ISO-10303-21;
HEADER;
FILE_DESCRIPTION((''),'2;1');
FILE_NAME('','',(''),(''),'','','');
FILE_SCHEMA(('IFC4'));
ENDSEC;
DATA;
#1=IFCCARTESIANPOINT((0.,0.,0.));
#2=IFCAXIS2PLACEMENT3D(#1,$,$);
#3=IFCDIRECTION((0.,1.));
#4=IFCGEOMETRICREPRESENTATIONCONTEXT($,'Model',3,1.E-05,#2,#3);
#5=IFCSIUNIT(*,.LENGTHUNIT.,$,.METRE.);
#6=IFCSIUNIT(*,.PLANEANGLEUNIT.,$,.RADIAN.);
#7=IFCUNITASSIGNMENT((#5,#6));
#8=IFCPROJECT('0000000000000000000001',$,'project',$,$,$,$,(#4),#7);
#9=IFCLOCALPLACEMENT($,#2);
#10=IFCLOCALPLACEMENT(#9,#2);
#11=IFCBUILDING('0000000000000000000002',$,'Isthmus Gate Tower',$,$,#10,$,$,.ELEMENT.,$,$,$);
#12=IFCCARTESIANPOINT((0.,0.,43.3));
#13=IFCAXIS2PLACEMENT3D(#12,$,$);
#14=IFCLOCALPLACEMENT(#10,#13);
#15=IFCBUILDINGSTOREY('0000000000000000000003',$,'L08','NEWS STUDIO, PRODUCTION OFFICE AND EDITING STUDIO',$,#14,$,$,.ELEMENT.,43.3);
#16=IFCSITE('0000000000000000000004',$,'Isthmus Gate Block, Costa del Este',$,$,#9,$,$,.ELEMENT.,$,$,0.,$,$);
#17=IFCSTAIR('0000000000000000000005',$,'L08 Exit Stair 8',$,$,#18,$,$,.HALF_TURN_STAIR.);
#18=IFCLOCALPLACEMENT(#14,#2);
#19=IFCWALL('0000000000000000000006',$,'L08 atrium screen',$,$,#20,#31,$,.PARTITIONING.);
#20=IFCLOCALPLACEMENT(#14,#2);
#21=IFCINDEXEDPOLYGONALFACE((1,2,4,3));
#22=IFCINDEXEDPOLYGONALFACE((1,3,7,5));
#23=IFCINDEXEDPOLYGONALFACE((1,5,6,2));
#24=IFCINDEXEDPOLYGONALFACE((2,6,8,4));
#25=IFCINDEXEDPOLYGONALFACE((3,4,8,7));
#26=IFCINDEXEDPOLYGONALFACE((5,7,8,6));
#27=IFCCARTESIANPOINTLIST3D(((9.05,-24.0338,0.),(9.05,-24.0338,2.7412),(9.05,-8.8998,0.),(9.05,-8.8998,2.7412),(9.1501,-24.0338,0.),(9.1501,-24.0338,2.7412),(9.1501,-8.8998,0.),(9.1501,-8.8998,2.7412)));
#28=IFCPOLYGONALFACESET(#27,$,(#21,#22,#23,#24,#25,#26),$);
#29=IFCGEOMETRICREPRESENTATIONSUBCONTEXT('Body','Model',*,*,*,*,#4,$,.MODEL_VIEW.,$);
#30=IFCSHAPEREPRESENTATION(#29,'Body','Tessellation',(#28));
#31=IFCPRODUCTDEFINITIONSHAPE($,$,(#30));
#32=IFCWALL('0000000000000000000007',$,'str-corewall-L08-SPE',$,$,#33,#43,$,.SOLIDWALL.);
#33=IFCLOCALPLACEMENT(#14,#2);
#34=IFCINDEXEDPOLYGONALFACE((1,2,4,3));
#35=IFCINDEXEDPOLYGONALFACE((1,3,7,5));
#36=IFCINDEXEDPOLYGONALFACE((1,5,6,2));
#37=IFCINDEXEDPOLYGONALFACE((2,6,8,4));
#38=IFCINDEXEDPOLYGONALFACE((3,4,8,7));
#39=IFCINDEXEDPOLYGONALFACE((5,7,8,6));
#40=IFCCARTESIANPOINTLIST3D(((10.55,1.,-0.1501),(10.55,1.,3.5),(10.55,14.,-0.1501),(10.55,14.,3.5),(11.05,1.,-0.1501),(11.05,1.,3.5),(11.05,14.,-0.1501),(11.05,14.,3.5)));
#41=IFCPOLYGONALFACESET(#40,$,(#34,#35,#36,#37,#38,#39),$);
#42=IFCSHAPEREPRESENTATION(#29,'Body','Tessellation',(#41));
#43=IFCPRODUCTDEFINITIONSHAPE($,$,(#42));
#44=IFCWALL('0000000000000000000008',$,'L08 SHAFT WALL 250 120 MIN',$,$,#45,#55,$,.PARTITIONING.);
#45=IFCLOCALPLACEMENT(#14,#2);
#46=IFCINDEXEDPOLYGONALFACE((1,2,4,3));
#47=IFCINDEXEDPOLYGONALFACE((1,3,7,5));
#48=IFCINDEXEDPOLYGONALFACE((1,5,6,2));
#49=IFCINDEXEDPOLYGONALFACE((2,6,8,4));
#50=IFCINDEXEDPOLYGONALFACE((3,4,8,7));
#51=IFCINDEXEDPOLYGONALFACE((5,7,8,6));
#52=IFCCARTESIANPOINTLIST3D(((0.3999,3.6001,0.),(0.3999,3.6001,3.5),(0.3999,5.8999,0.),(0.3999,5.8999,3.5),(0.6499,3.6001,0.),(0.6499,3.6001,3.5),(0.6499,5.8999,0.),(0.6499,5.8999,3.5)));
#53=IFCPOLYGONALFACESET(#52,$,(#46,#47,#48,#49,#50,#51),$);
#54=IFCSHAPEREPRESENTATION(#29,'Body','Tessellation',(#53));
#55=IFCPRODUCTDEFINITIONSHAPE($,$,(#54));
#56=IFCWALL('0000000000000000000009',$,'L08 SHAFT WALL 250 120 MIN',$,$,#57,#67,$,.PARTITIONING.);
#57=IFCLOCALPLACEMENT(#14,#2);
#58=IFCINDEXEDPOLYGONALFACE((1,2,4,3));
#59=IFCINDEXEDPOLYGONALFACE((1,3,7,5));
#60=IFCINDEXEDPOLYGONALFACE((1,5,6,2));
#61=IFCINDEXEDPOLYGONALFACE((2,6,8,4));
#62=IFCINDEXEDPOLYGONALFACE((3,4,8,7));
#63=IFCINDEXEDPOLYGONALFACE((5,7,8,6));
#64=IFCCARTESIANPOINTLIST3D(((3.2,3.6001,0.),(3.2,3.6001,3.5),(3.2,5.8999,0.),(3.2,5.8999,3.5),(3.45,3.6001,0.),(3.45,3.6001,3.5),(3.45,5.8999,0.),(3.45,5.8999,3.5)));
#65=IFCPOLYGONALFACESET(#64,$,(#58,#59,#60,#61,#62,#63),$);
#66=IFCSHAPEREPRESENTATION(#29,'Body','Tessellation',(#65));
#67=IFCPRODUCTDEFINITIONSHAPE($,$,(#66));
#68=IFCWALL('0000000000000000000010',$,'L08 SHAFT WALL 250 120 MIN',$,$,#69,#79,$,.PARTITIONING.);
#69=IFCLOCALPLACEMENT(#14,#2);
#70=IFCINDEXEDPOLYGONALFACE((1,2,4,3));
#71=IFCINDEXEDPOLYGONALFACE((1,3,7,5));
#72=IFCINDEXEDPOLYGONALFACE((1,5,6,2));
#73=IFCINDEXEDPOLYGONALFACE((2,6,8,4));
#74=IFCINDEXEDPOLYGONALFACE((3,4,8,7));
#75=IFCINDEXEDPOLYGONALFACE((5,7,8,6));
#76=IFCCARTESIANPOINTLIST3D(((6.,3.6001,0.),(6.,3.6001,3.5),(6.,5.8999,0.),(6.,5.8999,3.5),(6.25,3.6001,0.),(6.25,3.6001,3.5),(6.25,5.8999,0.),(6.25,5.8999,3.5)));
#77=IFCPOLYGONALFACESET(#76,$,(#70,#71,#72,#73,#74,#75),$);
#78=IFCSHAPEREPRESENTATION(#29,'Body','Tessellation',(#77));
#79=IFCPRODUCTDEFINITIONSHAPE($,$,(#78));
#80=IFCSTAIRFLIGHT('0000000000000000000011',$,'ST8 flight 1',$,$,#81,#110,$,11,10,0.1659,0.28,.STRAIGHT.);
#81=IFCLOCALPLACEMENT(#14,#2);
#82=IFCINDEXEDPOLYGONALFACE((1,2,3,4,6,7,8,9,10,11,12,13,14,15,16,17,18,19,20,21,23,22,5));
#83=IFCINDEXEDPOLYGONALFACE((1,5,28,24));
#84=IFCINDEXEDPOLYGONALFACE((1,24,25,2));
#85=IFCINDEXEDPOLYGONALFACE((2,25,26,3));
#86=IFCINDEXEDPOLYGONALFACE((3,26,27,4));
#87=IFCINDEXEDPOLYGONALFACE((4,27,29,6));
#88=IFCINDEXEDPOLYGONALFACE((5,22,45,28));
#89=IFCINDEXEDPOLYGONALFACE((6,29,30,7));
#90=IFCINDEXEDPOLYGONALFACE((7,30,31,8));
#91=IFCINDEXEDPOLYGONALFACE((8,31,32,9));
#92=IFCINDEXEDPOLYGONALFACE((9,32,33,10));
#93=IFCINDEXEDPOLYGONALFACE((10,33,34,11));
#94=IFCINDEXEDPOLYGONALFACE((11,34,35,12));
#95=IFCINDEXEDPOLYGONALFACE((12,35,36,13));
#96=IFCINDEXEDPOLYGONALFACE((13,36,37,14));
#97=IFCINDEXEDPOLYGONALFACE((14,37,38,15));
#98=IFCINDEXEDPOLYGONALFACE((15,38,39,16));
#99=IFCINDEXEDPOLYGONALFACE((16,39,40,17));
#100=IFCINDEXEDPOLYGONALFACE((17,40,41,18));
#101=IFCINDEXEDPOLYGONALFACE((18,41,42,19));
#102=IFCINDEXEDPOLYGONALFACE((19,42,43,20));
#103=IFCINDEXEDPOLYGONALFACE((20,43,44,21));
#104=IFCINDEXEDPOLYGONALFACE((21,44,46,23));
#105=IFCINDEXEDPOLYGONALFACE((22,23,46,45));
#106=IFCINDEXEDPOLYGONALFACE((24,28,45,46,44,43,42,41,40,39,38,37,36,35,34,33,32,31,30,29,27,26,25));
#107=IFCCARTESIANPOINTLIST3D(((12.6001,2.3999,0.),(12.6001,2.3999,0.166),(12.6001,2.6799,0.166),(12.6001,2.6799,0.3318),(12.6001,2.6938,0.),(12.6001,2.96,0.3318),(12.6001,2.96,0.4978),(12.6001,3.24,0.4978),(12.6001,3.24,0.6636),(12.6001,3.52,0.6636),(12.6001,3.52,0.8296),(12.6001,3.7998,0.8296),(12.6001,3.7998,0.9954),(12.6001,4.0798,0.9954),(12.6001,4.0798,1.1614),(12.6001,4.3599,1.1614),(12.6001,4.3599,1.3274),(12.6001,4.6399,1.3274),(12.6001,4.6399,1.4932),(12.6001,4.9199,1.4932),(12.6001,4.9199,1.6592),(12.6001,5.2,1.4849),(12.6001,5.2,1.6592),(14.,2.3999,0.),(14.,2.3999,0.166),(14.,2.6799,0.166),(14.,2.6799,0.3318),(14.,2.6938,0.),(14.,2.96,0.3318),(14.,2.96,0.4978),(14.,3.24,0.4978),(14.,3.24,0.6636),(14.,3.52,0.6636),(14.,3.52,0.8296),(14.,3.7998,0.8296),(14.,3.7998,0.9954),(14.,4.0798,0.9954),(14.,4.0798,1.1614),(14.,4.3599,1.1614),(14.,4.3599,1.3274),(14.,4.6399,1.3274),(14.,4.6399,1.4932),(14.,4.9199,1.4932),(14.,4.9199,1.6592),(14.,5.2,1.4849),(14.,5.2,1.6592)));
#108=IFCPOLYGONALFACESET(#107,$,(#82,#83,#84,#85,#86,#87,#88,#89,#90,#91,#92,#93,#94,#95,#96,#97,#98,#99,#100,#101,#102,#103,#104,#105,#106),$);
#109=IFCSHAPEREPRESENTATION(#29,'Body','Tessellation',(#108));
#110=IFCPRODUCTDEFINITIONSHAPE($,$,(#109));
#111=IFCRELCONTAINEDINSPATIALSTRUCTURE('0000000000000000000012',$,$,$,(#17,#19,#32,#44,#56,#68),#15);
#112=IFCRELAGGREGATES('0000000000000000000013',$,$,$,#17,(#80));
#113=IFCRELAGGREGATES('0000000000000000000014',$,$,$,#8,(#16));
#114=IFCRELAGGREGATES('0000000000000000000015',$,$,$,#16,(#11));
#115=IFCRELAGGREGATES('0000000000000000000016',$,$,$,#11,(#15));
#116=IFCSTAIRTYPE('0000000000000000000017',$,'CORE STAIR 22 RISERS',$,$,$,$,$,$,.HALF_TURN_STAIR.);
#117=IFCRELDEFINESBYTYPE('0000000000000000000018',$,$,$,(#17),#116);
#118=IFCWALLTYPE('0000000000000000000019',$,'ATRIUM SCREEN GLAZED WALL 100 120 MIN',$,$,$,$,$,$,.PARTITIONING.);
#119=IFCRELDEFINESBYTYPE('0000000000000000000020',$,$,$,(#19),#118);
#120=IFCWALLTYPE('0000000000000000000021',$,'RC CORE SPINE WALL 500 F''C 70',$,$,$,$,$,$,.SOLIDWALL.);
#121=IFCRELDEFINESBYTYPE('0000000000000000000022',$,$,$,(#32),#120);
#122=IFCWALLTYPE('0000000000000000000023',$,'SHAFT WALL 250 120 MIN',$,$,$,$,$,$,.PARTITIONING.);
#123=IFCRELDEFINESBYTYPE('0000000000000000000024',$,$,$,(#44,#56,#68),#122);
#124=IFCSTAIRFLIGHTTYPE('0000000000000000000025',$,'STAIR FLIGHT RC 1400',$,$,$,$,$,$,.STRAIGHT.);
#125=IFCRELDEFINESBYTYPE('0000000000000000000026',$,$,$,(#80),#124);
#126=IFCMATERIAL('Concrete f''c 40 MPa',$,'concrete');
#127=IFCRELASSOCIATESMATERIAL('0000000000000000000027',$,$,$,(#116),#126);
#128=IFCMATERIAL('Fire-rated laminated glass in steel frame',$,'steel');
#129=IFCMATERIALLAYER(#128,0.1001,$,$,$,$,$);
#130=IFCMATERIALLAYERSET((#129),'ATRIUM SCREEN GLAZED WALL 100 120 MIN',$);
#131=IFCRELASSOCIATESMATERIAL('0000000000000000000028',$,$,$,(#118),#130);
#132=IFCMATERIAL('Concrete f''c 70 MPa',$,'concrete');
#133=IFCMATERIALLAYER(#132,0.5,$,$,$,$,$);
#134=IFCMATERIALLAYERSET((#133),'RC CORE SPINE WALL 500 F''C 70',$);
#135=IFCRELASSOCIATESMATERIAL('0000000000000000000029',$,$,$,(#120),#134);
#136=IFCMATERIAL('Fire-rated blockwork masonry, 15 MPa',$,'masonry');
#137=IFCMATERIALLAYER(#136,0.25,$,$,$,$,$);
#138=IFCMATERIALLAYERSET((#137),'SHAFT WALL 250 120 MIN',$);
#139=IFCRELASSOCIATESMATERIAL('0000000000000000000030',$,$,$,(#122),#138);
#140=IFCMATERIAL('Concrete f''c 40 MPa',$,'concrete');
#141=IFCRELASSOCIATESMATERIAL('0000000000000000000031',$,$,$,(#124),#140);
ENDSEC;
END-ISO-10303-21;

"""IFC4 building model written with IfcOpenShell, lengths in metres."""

from ifc_helpers import new_model, si_unit, direction, frame, frame_2d, origin, place, context, subcontext, project, spatial, polyline, rectangle, outline, extrude, material, layer, layer_set, type_object, element, aggregate, save


model = new_model("IFC4")

# Units and contexts
model_context = context("Model", 3, precision=1e-05, world=origin(), true_north=direction((0.0, 1.0)))
body_context = subcontext(model_context, "Body", "Model", "MODEL_VIEW")
ifc_project = project(units=[si_unit("LENGTHUNIT", "METRE"), si_unit("PLANEANGLEUNIT", "RADIAN")], contexts=[model_context])

# Site, building, storey
site_placement = place(None, origin())
site = spatial("IfcSite", under=ifc_project, at=site_placement, Name="Isthmus Gate Block, Costa del Este", CompositionType="ELEMENT", RefElevation=0.0)
building_placement = place(site_placement, origin())
building = spatial("IfcBuilding", under=site, at=building_placement, Name="Isthmus Gate Tower", CompositionType="ELEMENT")
storey_placement = place(building_placement, frame((0.0, 0.0, 43.3)))
storey = spatial("IfcBuildingStorey", under=building, at=storey_placement, Name="L08", Description="NEWS STUDIO, PRODUCTION OFFICE AND EDITING STUDIO", CompositionType="ELEMENT", Elevation=43.3)

# Stair
ifc_material_1 = material(Name="Concrete f'c 40 MPa", Category="concrete")
stair_type = type_object("IfcStairType", Name="CORE STAIR 22 RISERS", PredefinedType="HALF_TURN_STAIR", material=ifc_material_1)
stair_1_placement = place(storey_placement, origin())
stair_1 = element("IfcStair", 1, at=stair_1_placement, inside=storey, type_object=stair_type, Name="L08 Exit Stair 8", PredefinedType="HALF_TURN_STAIR")

# Walls
ifc_material_2 = material(Name="Fire-rated laminated glass in steel frame", Category="steel")
ifc_layer_1 = layer(ifc_material_2, 0.1001)
ifc_layer_set_1 = layer_set([ifc_layer_1], Name="ATRIUM SCREEN GLAZED WALL 100 120 MIN")
wall_type_1 = type_object("IfcWallType", Name="ATRIUM SCREEN GLAZED WALL 100 120 MIN", PredefinedType="PARTITIONING", material=ifc_layer_set_1)
wall_1_placement = place(storey_placement, frame((9.1001, -8.8999, 0.0), z_axis=(0.0, 0.0, 1.0), x_axis=(0.0, -1.0, 0.0)))
element("IfcWall", 2, at=wall_1_placement, inside=storey, type_object=wall_type_1, Name="L08 atrium screen", PredefinedType="PARTITIONING", context=body_context, shape_type="SweptSolid", body=[
    extrude(rectangle(XDim=15.134, YDim=0.1001, at=frame_2d((7.5669, 0.0))), origin(), (0.0, 0.0, 1.0), 2.7412),
])
ifc_material_3 = material(Name="Concrete f'c 70 MPa", Category="concrete")
ifc_layer_2 = layer(ifc_material_3, 0.5)
ifc_layer_set_2 = layer_set([ifc_layer_2], Name="RC CORE SPINE WALL 500 F'C 70")
wall_type_2 = type_object("IfcWallType", Name="RC CORE SPINE WALL 500 F'C 70", PredefinedType="SOLIDWALL", material=ifc_layer_set_2)
wall_2_placement = place(storey_placement, frame((10.8, 1.0, -0.1501), z_axis=(0.0, 0.0, 1.0), x_axis=(0.0, 1.0, 0.0)))
element("IfcWall", 3, at=wall_2_placement, inside=storey, type_object=wall_type_2, Name="str-corewall-L08-SPE", PredefinedType="SOLIDWALL", context=body_context, shape_type="SweptSolid", body=[
    extrude(rectangle(XDim=13.0, YDim=0.5, at=frame_2d((6.5, 0.0))), origin(), (0.0, 0.0, 1.0), 3.6501),
])
ifc_material_4 = material(Name="Fire-rated blockwork masonry, 15 MPa", Category="masonry")
ifc_layer_3 = layer(ifc_material_4, 0.25)
ifc_layer_set_3 = layer_set([ifc_layer_3], Name="SHAFT WALL 250 120 MIN")
wall_type_3 = type_object("IfcWallType", Name="SHAFT WALL 250 120 MIN", PredefinedType="PARTITIONING", material=ifc_layer_set_3)
for number, where, z_axis, x_axis, name in (
    (4, (0.5249, 3.6001, 0.0), (0.0, 0.0, 1.0), (0.0, 1.0, 0.0), "L08 SHAFT WALL 250 120 MIN"),
    (5, (3.325, 3.6001, 0.0), (0.0, 0.0, 1.0), (0.0, 1.0, 0.0), "L08 SHAFT WALL 250 120 MIN"),
    (6, (6.125, 3.6001, 0.0), (0.0, 0.0, 1.0), (0.0, 1.0, 0.0), "L08 SHAFT WALL 250 120 MIN"),
):
    element("IfcWall", number, at=place(storey_placement, frame(where, z_axis=z_axis, x_axis=x_axis)), inside=storey, type_object=wall_type_3, Name=name, PredefinedType="PARTITIONING", context=body_context, shape_type="SweptSolid", body=[
        extrude(rectangle(XDim=2.2998, YDim=0.25, at=frame_2d((1.1499, 0.0))), origin(), (0.0, 0.0, 1.0), 3.5),
    ])

# Stair flight
ifc_material_5 = material(Name="Concrete f'c 40 MPa", Category="concrete")
stair_flight_type = type_object("IfcStairFlightType", Name="STAIR FLIGHT RC 1400", PredefinedType="STRAIGHT", material=ifc_material_5)
stair_flight_placement = place(storey_placement, frame((13.3, 2.3999, 0.0), z_axis=(0.0, 0.0, 1.0), x_axis=(0.0, 1.0, 0.0)))
stair_flight = element("IfcStairFlight", 7, at=stair_flight_placement, type_object=stair_flight_type, Name="ST8 flight 1", NumberOfRisers=11, NumberOfTreads=10, PredefinedType="STRAIGHT", RiserHeight=0.1659, TreadLength=0.28, context=body_context, shape_type="SweptSolid", body=[
    extrude(outline(polyline([(0.0, 0.0), (0.0, 0.166), (0.28, 0.166), (0.28, 0.3318), (0.5601, 0.3318), (0.5601, 0.4978), (0.8401, 0.4978), (0.8401, 0.6636), (1.1201, 0.6636), (1.1201, 0.8296), (1.3999, 0.8296), (1.3999, 0.9954), (1.6799, 0.9954), (1.6799, 1.1614), (1.96, 1.1614), (1.96, 1.3274), (2.24, 1.3274), (2.24, 1.4932), (2.52, 1.4932), (2.52, 1.6592), (2.8, 1.6592), (2.8, 1.825), (2.8, 1.4849), (0.2939, 0.0), (0.0, 0.0)])), frame((0.0, 0.7, 0.0), z_axis=(0.0, -1.0, 0.0), x_axis=(1.0, 0.0, 0.0)), (0.0, 0.0, 1.0), 1.3999),
])
aggregate(stair_1, [stair_flight])

save(model, "model.ifc")
